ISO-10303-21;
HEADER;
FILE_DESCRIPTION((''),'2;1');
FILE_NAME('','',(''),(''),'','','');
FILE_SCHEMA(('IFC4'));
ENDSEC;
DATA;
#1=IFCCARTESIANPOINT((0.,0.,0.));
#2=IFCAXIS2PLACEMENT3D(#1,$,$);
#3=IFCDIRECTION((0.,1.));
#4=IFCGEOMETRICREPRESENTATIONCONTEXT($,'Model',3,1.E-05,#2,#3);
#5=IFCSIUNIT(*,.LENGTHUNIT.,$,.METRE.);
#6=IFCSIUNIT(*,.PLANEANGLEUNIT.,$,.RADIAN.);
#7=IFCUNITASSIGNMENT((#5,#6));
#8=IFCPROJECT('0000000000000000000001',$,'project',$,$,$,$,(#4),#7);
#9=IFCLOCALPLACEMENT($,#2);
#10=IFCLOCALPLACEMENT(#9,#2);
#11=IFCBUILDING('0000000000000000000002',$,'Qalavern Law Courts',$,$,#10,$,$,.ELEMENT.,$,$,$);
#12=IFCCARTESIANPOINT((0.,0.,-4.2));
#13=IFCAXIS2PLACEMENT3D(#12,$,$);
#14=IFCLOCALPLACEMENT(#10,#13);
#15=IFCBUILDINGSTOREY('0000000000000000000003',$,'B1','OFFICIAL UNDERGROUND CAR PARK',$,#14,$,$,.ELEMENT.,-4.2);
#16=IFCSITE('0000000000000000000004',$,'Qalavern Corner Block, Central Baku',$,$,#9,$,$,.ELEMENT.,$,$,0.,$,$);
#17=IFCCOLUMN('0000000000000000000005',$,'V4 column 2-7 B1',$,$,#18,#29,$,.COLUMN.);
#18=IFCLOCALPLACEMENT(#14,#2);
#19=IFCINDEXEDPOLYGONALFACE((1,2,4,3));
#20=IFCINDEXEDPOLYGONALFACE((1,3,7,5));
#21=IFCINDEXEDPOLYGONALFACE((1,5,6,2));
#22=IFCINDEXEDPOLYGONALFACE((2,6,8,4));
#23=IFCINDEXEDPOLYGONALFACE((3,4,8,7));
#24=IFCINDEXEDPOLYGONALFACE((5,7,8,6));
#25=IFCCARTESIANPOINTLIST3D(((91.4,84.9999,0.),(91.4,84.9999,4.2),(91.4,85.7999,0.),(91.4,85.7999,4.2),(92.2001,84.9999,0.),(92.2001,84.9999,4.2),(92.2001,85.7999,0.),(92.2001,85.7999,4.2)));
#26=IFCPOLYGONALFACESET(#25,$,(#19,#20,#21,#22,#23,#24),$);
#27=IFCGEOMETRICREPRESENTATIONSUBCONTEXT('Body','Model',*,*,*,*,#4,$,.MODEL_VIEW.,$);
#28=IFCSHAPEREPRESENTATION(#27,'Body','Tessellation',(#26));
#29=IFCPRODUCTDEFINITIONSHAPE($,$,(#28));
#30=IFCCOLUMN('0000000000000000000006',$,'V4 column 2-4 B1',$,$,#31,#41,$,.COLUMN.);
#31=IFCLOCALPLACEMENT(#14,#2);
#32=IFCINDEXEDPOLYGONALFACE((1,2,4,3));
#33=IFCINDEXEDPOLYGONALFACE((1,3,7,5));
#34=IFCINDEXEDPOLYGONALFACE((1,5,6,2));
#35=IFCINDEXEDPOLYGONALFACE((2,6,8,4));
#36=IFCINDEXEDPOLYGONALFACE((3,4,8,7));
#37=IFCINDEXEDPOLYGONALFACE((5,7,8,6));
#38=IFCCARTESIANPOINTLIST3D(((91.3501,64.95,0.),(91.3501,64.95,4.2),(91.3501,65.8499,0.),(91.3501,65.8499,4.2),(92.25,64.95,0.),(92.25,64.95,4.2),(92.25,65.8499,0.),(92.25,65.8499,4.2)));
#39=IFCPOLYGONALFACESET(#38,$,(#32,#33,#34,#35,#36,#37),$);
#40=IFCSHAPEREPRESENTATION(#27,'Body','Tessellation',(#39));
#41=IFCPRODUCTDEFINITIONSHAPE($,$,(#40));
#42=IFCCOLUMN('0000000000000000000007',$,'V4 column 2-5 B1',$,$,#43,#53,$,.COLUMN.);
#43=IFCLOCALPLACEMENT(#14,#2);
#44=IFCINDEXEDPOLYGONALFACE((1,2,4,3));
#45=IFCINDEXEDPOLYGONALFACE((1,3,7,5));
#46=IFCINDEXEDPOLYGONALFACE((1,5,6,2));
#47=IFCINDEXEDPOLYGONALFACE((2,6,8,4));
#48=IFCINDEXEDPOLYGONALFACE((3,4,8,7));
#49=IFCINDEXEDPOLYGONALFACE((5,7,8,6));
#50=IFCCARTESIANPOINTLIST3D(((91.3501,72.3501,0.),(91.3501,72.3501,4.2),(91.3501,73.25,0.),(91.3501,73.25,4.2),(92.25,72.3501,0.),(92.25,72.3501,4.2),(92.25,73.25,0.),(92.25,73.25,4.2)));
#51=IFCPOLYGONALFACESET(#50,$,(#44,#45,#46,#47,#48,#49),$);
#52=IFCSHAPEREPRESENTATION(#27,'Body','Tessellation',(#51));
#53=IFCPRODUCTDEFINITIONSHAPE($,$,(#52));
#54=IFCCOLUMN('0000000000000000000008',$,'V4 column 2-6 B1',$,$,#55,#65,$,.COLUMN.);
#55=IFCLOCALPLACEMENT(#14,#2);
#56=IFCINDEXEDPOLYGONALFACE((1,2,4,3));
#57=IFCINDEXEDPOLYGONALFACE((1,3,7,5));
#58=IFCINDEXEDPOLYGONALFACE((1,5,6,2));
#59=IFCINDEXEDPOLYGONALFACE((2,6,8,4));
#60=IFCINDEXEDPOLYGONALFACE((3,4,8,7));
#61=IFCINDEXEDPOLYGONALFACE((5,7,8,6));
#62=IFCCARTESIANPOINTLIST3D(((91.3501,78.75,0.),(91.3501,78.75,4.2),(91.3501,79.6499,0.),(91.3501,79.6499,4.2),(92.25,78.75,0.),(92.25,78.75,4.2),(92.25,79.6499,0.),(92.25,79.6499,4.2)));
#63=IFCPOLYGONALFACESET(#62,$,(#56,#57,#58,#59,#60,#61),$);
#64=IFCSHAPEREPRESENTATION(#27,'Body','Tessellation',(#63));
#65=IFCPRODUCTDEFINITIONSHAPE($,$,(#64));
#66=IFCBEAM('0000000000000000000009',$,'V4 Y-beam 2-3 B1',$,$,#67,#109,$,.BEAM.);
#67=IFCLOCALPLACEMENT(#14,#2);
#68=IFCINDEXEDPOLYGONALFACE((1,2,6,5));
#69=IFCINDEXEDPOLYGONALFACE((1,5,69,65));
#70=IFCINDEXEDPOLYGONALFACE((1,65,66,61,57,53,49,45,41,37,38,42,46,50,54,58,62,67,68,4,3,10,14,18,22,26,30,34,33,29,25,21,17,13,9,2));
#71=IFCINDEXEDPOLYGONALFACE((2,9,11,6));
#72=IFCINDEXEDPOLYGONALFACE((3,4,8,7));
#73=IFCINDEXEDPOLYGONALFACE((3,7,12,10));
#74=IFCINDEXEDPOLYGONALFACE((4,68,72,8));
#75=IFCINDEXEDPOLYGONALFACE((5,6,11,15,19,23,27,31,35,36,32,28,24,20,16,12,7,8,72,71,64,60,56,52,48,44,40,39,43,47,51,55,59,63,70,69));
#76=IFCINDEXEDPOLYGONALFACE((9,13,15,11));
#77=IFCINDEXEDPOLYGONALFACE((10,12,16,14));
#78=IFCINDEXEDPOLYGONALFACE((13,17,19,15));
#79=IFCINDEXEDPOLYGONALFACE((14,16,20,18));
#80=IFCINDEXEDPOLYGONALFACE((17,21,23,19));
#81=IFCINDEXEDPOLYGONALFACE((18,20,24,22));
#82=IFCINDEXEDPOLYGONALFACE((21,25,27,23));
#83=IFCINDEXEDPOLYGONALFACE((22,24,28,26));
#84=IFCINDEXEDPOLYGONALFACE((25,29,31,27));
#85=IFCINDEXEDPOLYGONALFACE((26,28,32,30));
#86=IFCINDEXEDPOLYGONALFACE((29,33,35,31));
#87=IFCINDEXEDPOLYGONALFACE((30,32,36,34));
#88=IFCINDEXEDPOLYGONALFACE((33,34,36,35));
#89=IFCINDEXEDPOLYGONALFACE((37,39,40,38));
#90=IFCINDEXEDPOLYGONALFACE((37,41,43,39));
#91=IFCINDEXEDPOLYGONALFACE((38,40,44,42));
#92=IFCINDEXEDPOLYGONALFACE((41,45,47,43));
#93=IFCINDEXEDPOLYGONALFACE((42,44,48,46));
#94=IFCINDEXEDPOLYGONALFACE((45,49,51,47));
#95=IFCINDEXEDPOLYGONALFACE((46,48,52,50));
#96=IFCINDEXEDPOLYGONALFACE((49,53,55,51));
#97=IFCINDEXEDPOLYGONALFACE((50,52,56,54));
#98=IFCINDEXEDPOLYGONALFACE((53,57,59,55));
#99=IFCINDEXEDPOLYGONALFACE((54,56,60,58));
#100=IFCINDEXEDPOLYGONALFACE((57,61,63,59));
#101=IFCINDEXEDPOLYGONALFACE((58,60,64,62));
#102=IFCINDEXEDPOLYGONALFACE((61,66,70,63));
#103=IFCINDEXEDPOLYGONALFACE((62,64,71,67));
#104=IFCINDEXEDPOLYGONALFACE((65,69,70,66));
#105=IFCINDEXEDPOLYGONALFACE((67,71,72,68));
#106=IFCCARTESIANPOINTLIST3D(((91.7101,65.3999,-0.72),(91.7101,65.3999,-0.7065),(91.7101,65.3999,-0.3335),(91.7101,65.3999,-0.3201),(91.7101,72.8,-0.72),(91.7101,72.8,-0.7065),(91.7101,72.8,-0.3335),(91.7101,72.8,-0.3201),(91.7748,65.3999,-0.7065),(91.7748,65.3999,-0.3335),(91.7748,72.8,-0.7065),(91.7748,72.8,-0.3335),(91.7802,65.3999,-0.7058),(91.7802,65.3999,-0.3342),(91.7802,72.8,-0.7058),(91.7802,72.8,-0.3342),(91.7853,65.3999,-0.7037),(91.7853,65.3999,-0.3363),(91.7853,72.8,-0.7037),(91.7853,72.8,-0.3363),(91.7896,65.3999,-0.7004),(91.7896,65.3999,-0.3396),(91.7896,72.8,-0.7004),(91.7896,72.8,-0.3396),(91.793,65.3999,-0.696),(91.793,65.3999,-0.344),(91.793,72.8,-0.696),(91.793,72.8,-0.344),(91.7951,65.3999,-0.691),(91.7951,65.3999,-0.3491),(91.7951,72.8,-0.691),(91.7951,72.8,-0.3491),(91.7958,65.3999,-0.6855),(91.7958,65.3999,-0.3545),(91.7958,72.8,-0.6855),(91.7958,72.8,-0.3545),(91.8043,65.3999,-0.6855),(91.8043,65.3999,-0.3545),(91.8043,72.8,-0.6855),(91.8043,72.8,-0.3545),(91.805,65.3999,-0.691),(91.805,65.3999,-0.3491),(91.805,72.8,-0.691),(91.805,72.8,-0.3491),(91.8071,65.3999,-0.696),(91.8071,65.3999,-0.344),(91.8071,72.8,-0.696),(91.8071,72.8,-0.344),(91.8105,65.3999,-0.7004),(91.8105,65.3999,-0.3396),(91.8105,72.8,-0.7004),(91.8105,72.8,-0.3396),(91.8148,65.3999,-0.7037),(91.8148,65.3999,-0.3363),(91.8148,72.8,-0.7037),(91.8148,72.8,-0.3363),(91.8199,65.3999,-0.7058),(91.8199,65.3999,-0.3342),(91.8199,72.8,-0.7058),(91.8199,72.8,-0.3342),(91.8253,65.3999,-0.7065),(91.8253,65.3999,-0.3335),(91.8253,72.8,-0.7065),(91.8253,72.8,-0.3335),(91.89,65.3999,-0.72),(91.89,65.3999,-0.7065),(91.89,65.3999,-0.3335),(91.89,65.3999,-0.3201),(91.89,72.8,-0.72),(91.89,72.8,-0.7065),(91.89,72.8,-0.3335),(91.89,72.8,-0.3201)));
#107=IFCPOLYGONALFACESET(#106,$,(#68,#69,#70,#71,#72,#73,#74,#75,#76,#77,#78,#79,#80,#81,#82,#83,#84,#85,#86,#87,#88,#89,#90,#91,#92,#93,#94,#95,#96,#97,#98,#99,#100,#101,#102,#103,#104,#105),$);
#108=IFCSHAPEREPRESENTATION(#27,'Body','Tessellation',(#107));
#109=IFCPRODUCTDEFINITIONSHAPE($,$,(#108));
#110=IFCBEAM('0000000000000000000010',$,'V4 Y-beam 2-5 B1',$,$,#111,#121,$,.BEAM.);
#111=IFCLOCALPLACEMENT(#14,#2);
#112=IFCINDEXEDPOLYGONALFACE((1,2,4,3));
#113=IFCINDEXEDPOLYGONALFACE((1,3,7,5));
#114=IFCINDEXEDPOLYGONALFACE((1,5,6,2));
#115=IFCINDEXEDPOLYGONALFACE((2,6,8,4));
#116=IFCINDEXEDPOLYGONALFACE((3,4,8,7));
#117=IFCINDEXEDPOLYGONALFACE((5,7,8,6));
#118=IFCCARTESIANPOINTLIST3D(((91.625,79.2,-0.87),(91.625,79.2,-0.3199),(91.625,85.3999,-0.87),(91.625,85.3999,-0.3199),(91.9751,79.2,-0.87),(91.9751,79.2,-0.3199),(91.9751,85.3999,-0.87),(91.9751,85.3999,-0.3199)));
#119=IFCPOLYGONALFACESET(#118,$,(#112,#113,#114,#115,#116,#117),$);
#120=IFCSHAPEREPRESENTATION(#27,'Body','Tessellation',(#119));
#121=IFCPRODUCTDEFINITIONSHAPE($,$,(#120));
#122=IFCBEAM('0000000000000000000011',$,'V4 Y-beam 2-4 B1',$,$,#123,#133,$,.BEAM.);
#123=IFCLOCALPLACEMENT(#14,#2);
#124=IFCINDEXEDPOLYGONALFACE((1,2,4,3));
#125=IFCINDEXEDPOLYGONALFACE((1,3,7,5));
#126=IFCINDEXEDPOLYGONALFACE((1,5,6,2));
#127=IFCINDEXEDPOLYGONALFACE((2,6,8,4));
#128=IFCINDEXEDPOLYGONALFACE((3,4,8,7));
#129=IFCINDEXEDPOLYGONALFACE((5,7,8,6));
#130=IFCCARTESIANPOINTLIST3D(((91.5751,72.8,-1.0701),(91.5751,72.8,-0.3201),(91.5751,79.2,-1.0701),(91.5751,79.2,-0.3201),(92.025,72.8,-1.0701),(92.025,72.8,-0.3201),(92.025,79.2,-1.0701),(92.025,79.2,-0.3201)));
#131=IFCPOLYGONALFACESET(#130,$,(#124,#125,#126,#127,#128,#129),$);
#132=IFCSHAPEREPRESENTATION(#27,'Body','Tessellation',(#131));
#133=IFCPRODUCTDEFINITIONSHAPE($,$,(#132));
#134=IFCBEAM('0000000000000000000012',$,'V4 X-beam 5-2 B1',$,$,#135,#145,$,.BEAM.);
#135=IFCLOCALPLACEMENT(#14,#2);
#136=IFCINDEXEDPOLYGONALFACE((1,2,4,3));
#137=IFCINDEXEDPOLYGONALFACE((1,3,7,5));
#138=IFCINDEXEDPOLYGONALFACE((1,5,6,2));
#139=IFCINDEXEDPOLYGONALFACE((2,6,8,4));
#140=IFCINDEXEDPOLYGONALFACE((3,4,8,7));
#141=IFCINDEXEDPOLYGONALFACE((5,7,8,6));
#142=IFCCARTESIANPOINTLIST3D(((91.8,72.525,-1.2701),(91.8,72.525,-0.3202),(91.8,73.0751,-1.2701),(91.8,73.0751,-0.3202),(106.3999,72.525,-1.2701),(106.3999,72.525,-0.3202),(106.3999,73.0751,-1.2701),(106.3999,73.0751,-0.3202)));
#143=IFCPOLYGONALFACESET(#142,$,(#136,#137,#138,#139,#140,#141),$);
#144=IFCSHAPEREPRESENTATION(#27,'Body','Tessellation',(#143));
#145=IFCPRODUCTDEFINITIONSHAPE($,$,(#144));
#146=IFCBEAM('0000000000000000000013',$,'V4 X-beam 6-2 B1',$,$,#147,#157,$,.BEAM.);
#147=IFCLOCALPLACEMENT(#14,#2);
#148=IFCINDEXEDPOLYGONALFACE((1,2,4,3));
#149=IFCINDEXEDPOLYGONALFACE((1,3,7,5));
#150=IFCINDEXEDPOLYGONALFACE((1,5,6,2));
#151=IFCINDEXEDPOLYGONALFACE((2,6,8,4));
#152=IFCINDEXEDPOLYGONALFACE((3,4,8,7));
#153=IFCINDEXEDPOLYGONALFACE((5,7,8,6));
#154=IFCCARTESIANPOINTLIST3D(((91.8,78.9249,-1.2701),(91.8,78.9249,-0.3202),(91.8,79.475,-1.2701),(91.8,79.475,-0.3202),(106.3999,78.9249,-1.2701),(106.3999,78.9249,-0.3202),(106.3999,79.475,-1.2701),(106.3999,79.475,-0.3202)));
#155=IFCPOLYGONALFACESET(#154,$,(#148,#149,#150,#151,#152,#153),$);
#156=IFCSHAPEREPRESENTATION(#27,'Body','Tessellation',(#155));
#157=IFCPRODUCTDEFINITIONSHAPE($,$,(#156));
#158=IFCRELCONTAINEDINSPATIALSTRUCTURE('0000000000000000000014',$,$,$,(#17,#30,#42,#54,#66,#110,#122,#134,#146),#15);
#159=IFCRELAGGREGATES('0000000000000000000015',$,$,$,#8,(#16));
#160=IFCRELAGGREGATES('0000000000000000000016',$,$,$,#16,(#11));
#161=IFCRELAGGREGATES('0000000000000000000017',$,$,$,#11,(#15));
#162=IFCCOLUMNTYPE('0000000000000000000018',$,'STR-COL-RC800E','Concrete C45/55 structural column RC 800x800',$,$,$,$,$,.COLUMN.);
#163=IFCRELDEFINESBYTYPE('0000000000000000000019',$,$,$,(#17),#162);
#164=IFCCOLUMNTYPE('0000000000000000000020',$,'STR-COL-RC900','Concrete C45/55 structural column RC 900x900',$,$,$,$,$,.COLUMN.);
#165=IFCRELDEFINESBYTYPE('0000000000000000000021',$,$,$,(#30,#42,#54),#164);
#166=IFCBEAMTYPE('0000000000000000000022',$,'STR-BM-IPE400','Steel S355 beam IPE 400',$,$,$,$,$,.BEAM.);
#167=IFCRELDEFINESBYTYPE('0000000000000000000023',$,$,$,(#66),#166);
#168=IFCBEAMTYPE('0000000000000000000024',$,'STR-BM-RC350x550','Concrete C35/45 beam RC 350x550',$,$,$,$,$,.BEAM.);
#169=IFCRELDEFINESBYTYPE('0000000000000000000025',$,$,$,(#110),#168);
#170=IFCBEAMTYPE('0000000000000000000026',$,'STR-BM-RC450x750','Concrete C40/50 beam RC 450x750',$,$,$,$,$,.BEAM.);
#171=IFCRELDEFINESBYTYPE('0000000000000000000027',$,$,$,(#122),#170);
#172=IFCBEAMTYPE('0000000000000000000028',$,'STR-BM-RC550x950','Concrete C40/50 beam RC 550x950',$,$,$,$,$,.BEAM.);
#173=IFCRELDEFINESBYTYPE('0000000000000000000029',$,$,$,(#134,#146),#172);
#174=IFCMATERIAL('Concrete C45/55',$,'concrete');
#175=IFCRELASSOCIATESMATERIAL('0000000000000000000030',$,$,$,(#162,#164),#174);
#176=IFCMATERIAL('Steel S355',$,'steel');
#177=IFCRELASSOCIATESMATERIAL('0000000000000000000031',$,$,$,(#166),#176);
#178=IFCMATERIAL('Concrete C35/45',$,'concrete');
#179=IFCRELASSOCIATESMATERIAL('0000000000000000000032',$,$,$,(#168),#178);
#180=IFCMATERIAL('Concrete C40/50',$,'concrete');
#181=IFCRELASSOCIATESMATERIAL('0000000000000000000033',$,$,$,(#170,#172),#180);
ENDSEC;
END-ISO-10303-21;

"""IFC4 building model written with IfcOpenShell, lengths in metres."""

from ifc_helpers import new_model, si_unit, direction, frame, origin, origin_2d, place, context, subcontext, project, spatial, rectangle, i_section, extrude, material, material_profile, profile_set, type_object, element, save


model = new_model("IFC4")

# Units and contexts
model_context = context("Model", 3, precision=1e-05, world=origin(), true_north=direction((0.0, 1.0)))
body_context = subcontext(model_context, "Body", "Model", "MODEL_VIEW")
ifc_project = project(units=[si_unit("LENGTHUNIT", "METRE"), si_unit("PLANEANGLEUNIT", "RADIAN")], contexts=[model_context])

# Site, building, storey
site_placement = place(None, origin())
site = spatial("IfcSite", under=ifc_project, at=site_placement, Name="Qalavern Corner Block, Central Baku", CompositionType="ELEMENT", RefElevation=0.0)
building_placement = place(site_placement, origin())
building = spatial("IfcBuilding", under=site, at=building_placement, Name="Qalavern Law Courts", CompositionType="ELEMENT")
storey_placement = place(building_placement, frame((0.0, 0.0, -4.2)))
storey = spatial("IfcBuildingStorey", under=building, at=storey_placement, Name="B1", Description="OFFICIAL UNDERGROUND CAR PARK", CompositionType="ELEMENT", Elevation=-4.2)

# Columns
ifc_material_1 = material(Name="Concrete C45/55", Category="concrete")
ifc_material_profile_1 = material_profile(ifc_material_1, rectangle(XDim=0.8, YDim=0.8, at=origin_2d()), Name="RC 800x800")
ifc_profile_set_1 = profile_set([ifc_material_profile_1], Name="Concrete C45/55")
column_type_1 = type_object("IfcColumnType", Name="STR-COL-RC800E", Description="Concrete C45/55 structural column RC 800x800", PredefinedType="COLUMN", material=ifc_profile_set_1)
column_placement = place(storey_placement, frame((91.8, 85.3999, 0.0), z_axis=(0.0, 0.0, 1.0), x_axis=(1.0, 0.0, 0.0)))
element("IfcColumn", 1, at=column_placement, inside=storey, type_object=column_type_1, Name="V4 column 2-7 B1", PredefinedType="COLUMN", context=body_context, shape_type="SweptSolid", body=[
    extrude(rectangle(XDim=0.8, YDim=0.8, at=origin_2d()), origin(), (0.0, 0.0, 1.0), 4.2),
])
ifc_material_profile_2 = material_profile(ifc_material_1, rectangle(XDim=0.8999, YDim=0.8999, at=origin_2d()), Name="RC 900x900")
ifc_profile_set_2 = profile_set([ifc_material_profile_2], Name="Concrete C45/55")
column_type_2 = type_object("IfcColumnType", Name="STR-COL-RC900", Description="Concrete C45/55 structural column RC 900x900", PredefinedType="COLUMN", material=ifc_profile_set_2)
for number, where, z_axis, x_axis, name in (
    (2, (91.8, 65.3999, 0.0), (0.0, 0.0, 1.0), (1.0, 0.0, 0.0), "V4 column 2-4 B1"),
    (3, (91.8, 72.8, 0.0), (0.0, 0.0, 1.0), (1.0, 0.0, 0.0), "V4 column 2-5 B1"),
    (4, (91.8, 79.2, 0.0), (0.0, 0.0, 1.0), (1.0, 0.0, 0.0), "V4 column 2-6 B1"),
):
    element("IfcColumn", number, at=place(storey_placement, frame(where, z_axis=z_axis, x_axis=x_axis)), inside=storey, type_object=column_type_2, Name=name, PredefinedType="COLUMN", context=body_context, shape_type="SweptSolid", body=[
        extrude(rectangle(XDim=0.8999, YDim=0.8999, at=origin_2d()), origin(), (0.0, 0.0, 1.0), 4.2),
    ])

# Beams
ifc_material_2 = material(Name="Steel S355", Category="steel")
ifc_material_profile_3 = material_profile(ifc_material_2, i_section(OverallWidth=0.1799, OverallDepth=0.3999, WebThickness=0.0085, FlangeThickness=0.0134, FilletRadius=0.021, at=origin_2d()), Name="IPE 400")
ifc_profile_set_3 = profile_set([ifc_material_profile_3], Name="Steel S355")
beam_type_1 = type_object("IfcBeamType", Name="STR-BM-IPE400", Description="Steel S355 beam IPE 400", PredefinedType="BEAM", material=ifc_profile_set_3)
beam_1_placement = place(storey_placement, frame((91.8, 65.3999, -0.52), z_axis=(0.0, 1.0, 0.0), x_axis=(-1.0, 0.0, 0.0)))
element("IfcBeam", 5, at=beam_1_placement, inside=storey, type_object=beam_type_1, Name="V4 Y-beam 2-3 B1", PredefinedType="BEAM", context=body_context, shape_type="SweptSolid", body=[
    extrude(i_section(OverallWidth=0.1799, OverallDepth=0.3999, WebThickness=0.0085, FlangeThickness=0.0134, FilletRadius=0.021, at=origin_2d()), origin(), (0.0, 0.0, 1.0), 7.4001),
])
ifc_material_3 = material(Name="Concrete C35/45", Category="concrete")
ifc_material_profile_4 = material_profile(ifc_material_3, rectangle(XDim=0.3501, YDim=0.55, at=origin_2d()), Name="RC 350x550")
ifc_profile_set_4 = profile_set([ifc_material_profile_4], Name="Concrete C35/45")
beam_type_2 = type_object("IfcBeamType", Name="STR-BM-RC350x550", Description="Concrete C35/45 beam RC 350x550", PredefinedType="BEAM", material=ifc_profile_set_4)
beam_2_placement = place(storey_placement, frame((91.8, 79.2, -0.595), z_axis=(0.0, 1.0, 0.0), x_axis=(-1.0, 0.0, 0.0)))
element("IfcBeam", 6, at=beam_2_placement, inside=storey, type_object=beam_type_2, Name="V4 Y-beam 2-5 B1", PredefinedType="BEAM", context=body_context, shape_type="SweptSolid", body=[
    extrude(rectangle(XDim=0.3501, YDim=0.55, at=origin_2d()), origin(), (0.0, 0.0, 1.0), 6.2),
])
ifc_material_4 = material(Name="Concrete C40/50", Category="concrete")
ifc_material_profile_5 = material_profile(ifc_material_4, rectangle(XDim=0.45, YDim=0.75, at=origin_2d()), Name="RC 450x750")
ifc_profile_set_5 = profile_set([ifc_material_profile_5], Name="Concrete C40/50")
beam_type_3 = type_object("IfcBeamType", Name="STR-BM-RC450x750", Description="Concrete C40/50 beam RC 450x750", PredefinedType="BEAM", material=ifc_profile_set_5)
beam_3_placement = place(storey_placement, frame((91.8, 72.8, -0.6951), z_axis=(0.0, 1.0, 0.0), x_axis=(-1.0, 0.0, 0.0)))
element("IfcBeam", 7, at=beam_3_placement, inside=storey, type_object=beam_type_3, Name="V4 Y-beam 2-4 B1", PredefinedType="BEAM", context=body_context, shape_type="SweptSolid", body=[
    extrude(rectangle(XDim=0.45, YDim=0.75, at=origin_2d()), origin(), (0.0, 0.0, 1.0), 6.3999),
])
ifc_material_profile_6 = material_profile(ifc_material_4, rectangle(XDim=0.55, YDim=0.95, at=origin_2d()), Name="RC 550x950")
ifc_profile_set_6 = profile_set([ifc_material_profile_6], Name="Concrete C40/50")
beam_type_4 = type_object("IfcBeamType", Name="STR-BM-RC550x950", Description="Concrete C40/50 beam RC 550x950", PredefinedType="BEAM", material=ifc_profile_set_6)
for number, where, z_axis, x_axis, name in (
    (8, (91.8, 72.8, -0.7952), (1.0, 0.0, 0.0), (0.0, 1.0, 0.0), "V4 X-beam 5-2 B1"),
    (9, (91.8, 79.2, -0.7952), (1.0, 0.0, 0.0), (0.0, 1.0, 0.0), "V4 X-beam 6-2 B1"),
):
    element("IfcBeam", number, at=place(storey_placement, frame(where, z_axis=z_axis, x_axis=x_axis)), inside=storey, type_object=beam_type_4, Name=name, PredefinedType="BEAM", context=body_context, shape_type="SweptSolid", body=[
        extrude(rectangle(XDim=0.55, YDim=0.95, at=origin_2d()), origin(), (0.0, 0.0, 1.0), 14.5999),
    ])

save(model, "model.ifc")
